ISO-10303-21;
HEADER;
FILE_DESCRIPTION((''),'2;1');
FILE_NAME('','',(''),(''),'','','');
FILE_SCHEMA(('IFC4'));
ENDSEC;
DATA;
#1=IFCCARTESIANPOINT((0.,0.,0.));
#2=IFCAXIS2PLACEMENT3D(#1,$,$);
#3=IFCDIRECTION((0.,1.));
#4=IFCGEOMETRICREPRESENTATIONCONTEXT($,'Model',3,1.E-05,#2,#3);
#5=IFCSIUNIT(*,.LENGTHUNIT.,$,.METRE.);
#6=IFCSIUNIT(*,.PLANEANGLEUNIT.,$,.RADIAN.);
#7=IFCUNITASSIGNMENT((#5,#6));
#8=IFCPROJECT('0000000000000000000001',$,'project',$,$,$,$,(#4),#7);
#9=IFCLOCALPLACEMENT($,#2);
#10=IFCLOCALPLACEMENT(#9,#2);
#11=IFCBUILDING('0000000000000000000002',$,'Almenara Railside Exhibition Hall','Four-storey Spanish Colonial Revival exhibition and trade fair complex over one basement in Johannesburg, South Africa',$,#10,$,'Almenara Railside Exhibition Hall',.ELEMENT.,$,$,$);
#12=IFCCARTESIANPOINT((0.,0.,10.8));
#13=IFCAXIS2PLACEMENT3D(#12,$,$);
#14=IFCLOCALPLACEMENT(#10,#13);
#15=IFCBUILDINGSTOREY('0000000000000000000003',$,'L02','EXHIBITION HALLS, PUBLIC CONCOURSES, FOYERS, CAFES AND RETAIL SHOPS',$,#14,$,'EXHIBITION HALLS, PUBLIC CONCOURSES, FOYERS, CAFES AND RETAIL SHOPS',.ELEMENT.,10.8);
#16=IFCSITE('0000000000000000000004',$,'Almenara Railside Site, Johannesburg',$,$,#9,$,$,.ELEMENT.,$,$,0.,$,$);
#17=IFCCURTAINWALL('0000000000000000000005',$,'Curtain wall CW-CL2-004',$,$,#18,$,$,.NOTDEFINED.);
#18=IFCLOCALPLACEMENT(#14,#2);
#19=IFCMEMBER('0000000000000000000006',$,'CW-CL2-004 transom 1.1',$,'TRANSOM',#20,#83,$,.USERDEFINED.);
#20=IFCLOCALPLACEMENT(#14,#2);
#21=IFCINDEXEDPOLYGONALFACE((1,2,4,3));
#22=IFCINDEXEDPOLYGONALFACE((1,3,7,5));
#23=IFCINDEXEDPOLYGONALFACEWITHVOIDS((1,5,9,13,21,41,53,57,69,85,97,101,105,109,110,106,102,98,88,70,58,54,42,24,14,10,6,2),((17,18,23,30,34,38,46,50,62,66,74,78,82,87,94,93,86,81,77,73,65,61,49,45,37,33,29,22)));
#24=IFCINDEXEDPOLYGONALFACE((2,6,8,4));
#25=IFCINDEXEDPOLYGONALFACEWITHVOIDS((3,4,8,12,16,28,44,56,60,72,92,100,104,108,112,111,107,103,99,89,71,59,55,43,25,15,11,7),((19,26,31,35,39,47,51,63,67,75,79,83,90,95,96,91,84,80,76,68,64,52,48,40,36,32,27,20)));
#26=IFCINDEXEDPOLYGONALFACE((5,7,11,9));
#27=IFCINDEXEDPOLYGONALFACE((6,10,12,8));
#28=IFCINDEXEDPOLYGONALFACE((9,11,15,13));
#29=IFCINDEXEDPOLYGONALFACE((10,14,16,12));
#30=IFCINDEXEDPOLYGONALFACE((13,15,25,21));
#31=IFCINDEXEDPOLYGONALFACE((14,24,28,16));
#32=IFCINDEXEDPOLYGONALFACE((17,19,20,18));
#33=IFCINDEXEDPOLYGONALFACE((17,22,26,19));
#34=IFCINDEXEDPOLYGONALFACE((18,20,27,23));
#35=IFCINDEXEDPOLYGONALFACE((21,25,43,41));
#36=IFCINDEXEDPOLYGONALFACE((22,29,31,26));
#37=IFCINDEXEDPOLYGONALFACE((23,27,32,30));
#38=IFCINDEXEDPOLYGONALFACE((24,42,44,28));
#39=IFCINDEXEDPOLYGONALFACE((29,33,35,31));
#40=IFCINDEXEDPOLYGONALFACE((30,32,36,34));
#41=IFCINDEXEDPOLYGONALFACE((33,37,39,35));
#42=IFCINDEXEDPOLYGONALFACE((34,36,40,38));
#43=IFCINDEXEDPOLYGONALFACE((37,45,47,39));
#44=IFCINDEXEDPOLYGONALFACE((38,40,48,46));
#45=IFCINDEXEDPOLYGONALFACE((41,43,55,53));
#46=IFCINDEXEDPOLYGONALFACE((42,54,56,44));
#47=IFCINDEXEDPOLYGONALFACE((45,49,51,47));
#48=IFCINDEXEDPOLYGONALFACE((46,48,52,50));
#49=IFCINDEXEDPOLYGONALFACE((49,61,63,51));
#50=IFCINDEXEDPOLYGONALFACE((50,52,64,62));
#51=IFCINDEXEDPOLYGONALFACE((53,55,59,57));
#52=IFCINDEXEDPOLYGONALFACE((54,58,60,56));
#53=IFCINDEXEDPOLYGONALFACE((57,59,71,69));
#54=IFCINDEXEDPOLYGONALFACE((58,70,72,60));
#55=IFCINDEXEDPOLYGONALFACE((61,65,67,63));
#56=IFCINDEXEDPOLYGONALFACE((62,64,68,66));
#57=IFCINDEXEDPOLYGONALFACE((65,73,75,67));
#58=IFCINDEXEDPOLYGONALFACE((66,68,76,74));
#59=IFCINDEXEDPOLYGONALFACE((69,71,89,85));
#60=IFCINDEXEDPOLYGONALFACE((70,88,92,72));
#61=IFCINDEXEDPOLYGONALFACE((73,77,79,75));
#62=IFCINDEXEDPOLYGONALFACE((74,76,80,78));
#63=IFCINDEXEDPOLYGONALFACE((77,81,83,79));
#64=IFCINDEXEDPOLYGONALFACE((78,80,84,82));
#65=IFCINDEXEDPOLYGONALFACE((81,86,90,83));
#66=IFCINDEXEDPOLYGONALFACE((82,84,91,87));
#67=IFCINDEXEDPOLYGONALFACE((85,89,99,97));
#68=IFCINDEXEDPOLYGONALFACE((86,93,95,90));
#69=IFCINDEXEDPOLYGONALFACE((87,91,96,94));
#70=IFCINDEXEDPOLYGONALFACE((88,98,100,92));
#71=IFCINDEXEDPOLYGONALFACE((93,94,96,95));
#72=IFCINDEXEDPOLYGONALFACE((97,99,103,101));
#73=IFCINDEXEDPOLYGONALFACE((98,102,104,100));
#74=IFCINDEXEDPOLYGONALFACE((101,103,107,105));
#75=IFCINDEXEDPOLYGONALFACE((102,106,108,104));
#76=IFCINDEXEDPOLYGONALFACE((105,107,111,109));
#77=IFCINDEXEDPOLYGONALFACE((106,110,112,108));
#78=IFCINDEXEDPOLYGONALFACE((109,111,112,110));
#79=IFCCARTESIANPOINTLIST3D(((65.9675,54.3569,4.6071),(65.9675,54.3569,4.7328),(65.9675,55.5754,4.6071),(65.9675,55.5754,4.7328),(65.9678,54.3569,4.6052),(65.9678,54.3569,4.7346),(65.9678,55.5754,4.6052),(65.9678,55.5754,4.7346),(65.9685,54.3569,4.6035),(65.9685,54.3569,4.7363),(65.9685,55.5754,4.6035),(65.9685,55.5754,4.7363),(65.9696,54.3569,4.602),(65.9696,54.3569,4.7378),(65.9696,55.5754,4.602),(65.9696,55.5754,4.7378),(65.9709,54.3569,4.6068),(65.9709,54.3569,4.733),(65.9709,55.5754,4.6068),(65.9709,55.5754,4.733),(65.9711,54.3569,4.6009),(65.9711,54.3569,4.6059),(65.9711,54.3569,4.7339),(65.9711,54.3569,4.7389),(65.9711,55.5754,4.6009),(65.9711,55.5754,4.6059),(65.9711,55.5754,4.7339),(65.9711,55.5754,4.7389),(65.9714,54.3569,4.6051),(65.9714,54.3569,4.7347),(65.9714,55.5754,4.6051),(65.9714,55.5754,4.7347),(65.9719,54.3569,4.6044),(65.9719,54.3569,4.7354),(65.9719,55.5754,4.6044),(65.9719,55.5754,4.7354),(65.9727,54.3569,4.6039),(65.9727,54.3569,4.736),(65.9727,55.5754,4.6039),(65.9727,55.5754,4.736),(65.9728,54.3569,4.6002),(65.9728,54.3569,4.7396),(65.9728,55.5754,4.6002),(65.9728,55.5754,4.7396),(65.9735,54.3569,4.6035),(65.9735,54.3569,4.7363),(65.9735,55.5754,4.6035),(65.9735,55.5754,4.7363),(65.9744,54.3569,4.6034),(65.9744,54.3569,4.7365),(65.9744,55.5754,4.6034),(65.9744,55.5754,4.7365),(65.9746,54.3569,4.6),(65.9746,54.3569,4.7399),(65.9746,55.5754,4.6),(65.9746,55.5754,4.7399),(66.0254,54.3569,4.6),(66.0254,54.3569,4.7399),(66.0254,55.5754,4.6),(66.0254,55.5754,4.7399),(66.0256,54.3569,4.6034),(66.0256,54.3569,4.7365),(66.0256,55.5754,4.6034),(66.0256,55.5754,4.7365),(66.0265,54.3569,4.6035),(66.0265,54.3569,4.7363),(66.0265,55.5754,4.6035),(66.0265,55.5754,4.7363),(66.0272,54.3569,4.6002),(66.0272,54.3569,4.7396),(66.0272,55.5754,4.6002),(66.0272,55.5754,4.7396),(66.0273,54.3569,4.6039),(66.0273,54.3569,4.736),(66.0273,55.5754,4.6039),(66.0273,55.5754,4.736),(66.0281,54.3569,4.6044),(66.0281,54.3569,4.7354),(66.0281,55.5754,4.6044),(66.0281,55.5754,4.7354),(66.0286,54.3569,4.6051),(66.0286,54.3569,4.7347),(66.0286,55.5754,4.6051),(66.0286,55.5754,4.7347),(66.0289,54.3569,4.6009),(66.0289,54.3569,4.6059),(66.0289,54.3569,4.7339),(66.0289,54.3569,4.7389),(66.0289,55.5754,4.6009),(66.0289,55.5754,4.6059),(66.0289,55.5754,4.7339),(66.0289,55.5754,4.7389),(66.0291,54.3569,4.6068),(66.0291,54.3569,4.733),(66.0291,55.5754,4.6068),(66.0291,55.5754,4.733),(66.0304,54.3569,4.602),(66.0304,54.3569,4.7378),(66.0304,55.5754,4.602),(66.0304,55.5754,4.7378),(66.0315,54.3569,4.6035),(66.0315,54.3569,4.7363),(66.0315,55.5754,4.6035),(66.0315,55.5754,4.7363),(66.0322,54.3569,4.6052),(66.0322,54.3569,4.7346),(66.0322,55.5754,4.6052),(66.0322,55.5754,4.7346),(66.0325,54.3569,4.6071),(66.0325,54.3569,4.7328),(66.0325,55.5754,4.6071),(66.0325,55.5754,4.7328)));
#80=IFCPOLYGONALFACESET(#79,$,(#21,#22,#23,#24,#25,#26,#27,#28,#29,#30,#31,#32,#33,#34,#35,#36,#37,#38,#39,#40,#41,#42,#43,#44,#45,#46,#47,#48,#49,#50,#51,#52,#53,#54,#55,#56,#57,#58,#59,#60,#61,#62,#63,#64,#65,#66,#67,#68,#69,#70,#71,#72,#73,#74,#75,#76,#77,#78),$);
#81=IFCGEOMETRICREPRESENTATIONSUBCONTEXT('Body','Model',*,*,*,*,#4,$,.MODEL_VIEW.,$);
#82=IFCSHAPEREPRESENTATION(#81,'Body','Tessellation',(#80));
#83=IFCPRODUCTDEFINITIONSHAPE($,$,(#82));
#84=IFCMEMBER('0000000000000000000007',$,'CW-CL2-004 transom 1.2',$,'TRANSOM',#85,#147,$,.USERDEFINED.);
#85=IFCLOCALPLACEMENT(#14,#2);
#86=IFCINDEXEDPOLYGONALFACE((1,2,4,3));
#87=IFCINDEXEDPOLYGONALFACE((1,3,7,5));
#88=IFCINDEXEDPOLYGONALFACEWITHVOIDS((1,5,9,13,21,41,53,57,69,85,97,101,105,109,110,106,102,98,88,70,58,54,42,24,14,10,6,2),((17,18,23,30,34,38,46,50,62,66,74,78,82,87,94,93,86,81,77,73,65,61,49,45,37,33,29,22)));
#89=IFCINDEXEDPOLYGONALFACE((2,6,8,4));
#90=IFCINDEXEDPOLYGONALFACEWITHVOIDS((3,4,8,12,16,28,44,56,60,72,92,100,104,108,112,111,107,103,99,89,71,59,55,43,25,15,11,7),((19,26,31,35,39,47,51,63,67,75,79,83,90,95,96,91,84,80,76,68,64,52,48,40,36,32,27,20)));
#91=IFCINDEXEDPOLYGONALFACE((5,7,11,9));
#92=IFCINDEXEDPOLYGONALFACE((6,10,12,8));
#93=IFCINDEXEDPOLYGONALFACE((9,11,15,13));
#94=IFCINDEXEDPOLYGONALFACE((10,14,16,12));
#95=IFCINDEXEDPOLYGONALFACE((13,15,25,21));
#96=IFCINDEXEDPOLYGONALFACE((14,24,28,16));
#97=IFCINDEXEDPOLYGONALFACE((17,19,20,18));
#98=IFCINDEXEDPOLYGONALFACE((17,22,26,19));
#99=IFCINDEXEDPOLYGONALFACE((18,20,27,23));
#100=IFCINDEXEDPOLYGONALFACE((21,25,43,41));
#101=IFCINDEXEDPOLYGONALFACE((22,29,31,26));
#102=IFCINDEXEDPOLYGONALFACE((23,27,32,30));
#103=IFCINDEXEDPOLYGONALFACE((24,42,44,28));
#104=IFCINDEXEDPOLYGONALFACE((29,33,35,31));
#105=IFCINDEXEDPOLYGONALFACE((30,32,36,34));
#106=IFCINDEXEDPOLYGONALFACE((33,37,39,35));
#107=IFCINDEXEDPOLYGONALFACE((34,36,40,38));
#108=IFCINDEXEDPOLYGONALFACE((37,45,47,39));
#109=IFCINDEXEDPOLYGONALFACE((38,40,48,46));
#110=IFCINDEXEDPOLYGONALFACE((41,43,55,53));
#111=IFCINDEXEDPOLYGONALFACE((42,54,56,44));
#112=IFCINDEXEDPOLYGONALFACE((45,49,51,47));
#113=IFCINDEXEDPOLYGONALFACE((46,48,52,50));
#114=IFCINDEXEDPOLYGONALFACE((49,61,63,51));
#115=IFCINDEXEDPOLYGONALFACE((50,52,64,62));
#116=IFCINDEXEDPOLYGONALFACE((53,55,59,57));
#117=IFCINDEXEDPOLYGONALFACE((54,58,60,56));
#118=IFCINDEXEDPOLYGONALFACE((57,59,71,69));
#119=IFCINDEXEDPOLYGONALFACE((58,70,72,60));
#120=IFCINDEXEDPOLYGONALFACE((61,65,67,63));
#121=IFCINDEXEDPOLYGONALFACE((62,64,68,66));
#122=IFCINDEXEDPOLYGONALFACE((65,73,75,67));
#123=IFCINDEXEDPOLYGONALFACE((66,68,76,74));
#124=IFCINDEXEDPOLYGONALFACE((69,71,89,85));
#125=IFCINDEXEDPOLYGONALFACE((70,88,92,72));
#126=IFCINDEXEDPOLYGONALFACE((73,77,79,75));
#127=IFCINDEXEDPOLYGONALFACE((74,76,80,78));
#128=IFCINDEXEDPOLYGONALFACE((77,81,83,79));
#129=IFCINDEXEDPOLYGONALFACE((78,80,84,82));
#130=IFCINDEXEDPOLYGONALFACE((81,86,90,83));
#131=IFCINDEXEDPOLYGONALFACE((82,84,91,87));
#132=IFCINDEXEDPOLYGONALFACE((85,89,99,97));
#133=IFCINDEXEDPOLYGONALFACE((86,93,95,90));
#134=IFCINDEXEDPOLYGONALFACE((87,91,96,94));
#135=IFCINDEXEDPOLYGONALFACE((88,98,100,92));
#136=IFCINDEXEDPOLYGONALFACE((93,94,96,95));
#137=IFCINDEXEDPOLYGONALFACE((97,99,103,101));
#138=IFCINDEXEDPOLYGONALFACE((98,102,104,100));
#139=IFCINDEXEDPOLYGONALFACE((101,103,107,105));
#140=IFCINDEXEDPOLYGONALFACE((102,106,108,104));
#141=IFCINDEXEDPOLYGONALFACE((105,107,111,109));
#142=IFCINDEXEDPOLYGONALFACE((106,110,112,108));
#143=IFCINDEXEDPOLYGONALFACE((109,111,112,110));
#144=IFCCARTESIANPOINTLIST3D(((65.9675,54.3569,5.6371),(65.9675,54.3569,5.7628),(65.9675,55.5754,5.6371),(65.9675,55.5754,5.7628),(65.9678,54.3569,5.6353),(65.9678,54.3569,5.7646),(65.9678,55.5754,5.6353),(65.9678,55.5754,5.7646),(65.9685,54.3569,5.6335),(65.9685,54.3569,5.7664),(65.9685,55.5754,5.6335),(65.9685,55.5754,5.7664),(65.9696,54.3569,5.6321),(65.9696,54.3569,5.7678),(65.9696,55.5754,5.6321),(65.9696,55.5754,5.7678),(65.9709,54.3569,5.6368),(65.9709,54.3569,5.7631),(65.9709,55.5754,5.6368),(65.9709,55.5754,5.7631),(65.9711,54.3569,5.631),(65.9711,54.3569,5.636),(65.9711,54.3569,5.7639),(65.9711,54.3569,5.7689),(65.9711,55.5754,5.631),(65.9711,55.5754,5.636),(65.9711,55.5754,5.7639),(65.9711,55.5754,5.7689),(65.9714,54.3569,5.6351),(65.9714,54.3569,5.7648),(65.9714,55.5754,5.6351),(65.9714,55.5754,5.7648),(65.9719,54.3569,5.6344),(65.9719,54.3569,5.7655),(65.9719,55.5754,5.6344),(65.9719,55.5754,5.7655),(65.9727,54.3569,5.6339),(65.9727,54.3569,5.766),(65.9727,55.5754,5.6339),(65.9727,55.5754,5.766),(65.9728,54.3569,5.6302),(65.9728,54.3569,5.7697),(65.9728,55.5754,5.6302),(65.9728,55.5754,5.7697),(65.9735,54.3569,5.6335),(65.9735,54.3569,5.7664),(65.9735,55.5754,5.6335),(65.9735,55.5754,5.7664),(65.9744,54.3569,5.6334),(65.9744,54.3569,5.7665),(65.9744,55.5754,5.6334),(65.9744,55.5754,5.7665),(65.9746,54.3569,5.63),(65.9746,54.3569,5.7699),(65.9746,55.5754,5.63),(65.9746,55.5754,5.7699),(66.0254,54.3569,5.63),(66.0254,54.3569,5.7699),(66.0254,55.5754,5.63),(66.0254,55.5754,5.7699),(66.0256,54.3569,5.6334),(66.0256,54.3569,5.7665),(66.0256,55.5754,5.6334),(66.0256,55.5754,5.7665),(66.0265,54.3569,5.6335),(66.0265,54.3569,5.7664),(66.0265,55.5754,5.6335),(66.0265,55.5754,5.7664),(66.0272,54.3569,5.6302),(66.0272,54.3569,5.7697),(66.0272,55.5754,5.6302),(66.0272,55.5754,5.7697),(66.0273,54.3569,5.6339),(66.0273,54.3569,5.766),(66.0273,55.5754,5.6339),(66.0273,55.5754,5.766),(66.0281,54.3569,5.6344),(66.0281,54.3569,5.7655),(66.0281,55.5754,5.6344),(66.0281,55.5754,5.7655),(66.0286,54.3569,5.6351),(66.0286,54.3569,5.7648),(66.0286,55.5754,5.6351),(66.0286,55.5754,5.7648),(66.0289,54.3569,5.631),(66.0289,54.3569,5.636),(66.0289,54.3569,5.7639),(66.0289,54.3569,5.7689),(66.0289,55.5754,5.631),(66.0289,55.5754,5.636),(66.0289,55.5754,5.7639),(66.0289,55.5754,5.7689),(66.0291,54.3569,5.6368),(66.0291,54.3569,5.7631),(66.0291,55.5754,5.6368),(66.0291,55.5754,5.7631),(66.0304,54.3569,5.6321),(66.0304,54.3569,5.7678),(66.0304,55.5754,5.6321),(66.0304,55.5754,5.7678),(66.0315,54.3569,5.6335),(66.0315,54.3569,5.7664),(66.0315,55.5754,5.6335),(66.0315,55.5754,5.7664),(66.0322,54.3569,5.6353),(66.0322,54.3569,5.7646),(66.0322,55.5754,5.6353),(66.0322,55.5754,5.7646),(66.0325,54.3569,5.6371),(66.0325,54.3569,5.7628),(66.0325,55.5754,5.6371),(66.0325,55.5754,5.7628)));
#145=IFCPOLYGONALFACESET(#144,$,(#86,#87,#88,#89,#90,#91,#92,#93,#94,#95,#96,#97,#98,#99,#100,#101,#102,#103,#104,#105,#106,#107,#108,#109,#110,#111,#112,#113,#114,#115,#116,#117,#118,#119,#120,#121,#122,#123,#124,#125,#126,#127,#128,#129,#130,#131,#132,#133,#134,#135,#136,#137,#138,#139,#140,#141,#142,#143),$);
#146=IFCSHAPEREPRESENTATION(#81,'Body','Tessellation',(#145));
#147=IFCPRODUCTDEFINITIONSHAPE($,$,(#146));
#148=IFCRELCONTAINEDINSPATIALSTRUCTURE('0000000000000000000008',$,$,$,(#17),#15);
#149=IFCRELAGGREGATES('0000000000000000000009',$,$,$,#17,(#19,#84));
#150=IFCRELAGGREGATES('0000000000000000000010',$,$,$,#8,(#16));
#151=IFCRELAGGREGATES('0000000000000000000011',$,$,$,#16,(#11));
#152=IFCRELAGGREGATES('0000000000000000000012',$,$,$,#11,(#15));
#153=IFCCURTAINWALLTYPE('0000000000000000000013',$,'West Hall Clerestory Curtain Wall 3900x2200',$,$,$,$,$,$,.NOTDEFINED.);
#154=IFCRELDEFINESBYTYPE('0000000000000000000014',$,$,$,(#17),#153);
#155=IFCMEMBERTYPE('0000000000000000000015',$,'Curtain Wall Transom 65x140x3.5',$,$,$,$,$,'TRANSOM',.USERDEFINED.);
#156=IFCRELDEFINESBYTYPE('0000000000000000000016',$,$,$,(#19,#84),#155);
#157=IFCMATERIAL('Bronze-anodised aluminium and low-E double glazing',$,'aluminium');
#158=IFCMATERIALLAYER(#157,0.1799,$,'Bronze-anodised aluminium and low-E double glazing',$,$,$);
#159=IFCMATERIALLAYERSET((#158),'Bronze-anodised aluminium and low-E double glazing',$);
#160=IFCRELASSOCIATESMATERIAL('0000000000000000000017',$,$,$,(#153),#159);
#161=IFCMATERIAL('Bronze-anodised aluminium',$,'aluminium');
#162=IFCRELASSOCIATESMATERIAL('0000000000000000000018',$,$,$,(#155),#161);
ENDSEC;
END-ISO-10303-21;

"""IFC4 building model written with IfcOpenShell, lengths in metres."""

from ifc_helpers import new_model, si_unit, direction, frame, origin, origin_2d, place, context, subcontext, project, spatial, hollow_rectangle, extrude, material, layer, layer_set, material_profile, profile_set, type_object, element, aggregate, save


model = new_model("IFC4")

# Units and contexts
model_context = context("Model", 3, precision=1e-05, world=origin(), true_north=direction((0.0, 1.0)))
body_context = subcontext(model_context, "Body", "Model", "MODEL_VIEW")
ifc_project = project(units=[si_unit("LENGTHUNIT", "METRE"), si_unit("PLANEANGLEUNIT", "RADIAN")], contexts=[model_context])

# Site, building, storey
site_placement = place(None, origin())
site = spatial("IfcSite", under=ifc_project, at=site_placement, Name="Almenara Railside Site, Johannesburg", CompositionType="ELEMENT", RefElevation=0.0)
building_placement = place(site_placement, origin())
building = spatial("IfcBuilding", under=site, at=building_placement, Name="Almenara Railside Exhibition Hall", Description="Four-storey Spanish Colonial Revival exhibition and trade fair complex over one basement in Johannesburg, South Africa", LongName="Almenara Railside Exhibition Hall", CompositionType="ELEMENT")
storey_placement = place(building_placement, frame((0.0, 0.0, 10.8)))
storey = spatial("IfcBuildingStorey", under=building, at=storey_placement, Name="L02", Description="EXHIBITION HALLS, PUBLIC CONCOURSES, FOYERS, CAFES AND RETAIL SHOPS", LongName="EXHIBITION HALLS, PUBLIC CONCOURSES, FOYERS, CAFES AND RETAIL SHOPS", CompositionType="ELEMENT", Elevation=10.8)

# Curtain wall, members
ifc_material_1 = material(Name="Bronze-anodised aluminium and low-E double glazing", Category="aluminium")
ifc_layer_1 = layer(ifc_material_1, 0.1799, Name="Bronze-anodised aluminium and low-E double glazing")
ifc_layer_set_1 = layer_set([ifc_layer_1], Name="Bronze-anodised aluminium and low-E double glazing")
curtain_wall_type = type_object("IfcCurtainWallType", Name="West Hall Clerestory Curtain Wall 3900x2200", PredefinedType="NOTDEFINED", material=ifc_layer_set_1)
curtain_wall_placement = place(storey_placement, origin())
curtain_wall = element("IfcCurtainWall", 1, at=curtain_wall_placement, inside=storey, type_object=curtain_wall_type, Name="Curtain wall CW-CL2-004", PredefinedType="NOTDEFINED")
ifc_material_2 = material(Name="Bronze-anodised aluminium", Category="aluminium")
ifc_material_profile_1 = material_profile(ifc_material_2, hollow_rectangle(XDim=0.0649, YDim=0.1399, WallThickness=0.0034, InnerFilletRadius=0.0034, OuterFilletRadius=0.0071, at=origin_2d()), Name="ALU-TRN 65x140x3.5")
ifc_profile_set_1 = profile_set([ifc_material_profile_1], Name="Bronze-anodised aluminium")
member_type_1 = type_object("IfcMemberType", Name="Curtain Wall Transom 65x140x3.5", ElementType="TRANSOM", PredefinedType="USERDEFINED", material=ifc_profile_set_1)
member_1_placement = place(storey_placement, frame((66.0, 54.3569, 4.6699), z_axis=(0.0, 1.0, 0.0), x_axis=(-1.0, 0.0, 0.0)))
member_1 = element("IfcMember", 2, at=member_1_placement, type_object=member_type_1, Name="CW-CL2-004 transom 1.1", ObjectType="TRANSOM", PredefinedType="USERDEFINED", context=body_context, shape_type="SweptSolid", body=[
    extrude(hollow_rectangle(XDim=0.0649, YDim=0.1399, WallThickness=0.0034, InnerFilletRadius=0.0034, OuterFilletRadius=0.0071, at=origin_2d()), origin(), (0.0, 0.0, 1.0), 1.2185),
])
member_2_placement = place(storey_placement, frame((66.0, 54.3569, 5.7), z_axis=(0.0, 1.0, 0.0), x_axis=(-1.0, 0.0, 0.0)))
member_2 = element("IfcMember", 3, at=member_2_placement, type_object=member_type_1, Name="CW-CL2-004 transom 1.2", ObjectType="TRANSOM", PredefinedType="USERDEFINED", context=body_context, shape_type="SweptSolid", body=[
    extrude(hollow_rectangle(XDim=0.0649, YDim=0.1399, WallThickness=0.0034, InnerFilletRadius=0.0034, OuterFilletRadius=0.0071, at=origin_2d()), origin(), (0.0, 0.0, 1.0), 1.2185),
])
aggregate(curtain_wall, [member_1, member_2])

save(model, "model.ifc")
